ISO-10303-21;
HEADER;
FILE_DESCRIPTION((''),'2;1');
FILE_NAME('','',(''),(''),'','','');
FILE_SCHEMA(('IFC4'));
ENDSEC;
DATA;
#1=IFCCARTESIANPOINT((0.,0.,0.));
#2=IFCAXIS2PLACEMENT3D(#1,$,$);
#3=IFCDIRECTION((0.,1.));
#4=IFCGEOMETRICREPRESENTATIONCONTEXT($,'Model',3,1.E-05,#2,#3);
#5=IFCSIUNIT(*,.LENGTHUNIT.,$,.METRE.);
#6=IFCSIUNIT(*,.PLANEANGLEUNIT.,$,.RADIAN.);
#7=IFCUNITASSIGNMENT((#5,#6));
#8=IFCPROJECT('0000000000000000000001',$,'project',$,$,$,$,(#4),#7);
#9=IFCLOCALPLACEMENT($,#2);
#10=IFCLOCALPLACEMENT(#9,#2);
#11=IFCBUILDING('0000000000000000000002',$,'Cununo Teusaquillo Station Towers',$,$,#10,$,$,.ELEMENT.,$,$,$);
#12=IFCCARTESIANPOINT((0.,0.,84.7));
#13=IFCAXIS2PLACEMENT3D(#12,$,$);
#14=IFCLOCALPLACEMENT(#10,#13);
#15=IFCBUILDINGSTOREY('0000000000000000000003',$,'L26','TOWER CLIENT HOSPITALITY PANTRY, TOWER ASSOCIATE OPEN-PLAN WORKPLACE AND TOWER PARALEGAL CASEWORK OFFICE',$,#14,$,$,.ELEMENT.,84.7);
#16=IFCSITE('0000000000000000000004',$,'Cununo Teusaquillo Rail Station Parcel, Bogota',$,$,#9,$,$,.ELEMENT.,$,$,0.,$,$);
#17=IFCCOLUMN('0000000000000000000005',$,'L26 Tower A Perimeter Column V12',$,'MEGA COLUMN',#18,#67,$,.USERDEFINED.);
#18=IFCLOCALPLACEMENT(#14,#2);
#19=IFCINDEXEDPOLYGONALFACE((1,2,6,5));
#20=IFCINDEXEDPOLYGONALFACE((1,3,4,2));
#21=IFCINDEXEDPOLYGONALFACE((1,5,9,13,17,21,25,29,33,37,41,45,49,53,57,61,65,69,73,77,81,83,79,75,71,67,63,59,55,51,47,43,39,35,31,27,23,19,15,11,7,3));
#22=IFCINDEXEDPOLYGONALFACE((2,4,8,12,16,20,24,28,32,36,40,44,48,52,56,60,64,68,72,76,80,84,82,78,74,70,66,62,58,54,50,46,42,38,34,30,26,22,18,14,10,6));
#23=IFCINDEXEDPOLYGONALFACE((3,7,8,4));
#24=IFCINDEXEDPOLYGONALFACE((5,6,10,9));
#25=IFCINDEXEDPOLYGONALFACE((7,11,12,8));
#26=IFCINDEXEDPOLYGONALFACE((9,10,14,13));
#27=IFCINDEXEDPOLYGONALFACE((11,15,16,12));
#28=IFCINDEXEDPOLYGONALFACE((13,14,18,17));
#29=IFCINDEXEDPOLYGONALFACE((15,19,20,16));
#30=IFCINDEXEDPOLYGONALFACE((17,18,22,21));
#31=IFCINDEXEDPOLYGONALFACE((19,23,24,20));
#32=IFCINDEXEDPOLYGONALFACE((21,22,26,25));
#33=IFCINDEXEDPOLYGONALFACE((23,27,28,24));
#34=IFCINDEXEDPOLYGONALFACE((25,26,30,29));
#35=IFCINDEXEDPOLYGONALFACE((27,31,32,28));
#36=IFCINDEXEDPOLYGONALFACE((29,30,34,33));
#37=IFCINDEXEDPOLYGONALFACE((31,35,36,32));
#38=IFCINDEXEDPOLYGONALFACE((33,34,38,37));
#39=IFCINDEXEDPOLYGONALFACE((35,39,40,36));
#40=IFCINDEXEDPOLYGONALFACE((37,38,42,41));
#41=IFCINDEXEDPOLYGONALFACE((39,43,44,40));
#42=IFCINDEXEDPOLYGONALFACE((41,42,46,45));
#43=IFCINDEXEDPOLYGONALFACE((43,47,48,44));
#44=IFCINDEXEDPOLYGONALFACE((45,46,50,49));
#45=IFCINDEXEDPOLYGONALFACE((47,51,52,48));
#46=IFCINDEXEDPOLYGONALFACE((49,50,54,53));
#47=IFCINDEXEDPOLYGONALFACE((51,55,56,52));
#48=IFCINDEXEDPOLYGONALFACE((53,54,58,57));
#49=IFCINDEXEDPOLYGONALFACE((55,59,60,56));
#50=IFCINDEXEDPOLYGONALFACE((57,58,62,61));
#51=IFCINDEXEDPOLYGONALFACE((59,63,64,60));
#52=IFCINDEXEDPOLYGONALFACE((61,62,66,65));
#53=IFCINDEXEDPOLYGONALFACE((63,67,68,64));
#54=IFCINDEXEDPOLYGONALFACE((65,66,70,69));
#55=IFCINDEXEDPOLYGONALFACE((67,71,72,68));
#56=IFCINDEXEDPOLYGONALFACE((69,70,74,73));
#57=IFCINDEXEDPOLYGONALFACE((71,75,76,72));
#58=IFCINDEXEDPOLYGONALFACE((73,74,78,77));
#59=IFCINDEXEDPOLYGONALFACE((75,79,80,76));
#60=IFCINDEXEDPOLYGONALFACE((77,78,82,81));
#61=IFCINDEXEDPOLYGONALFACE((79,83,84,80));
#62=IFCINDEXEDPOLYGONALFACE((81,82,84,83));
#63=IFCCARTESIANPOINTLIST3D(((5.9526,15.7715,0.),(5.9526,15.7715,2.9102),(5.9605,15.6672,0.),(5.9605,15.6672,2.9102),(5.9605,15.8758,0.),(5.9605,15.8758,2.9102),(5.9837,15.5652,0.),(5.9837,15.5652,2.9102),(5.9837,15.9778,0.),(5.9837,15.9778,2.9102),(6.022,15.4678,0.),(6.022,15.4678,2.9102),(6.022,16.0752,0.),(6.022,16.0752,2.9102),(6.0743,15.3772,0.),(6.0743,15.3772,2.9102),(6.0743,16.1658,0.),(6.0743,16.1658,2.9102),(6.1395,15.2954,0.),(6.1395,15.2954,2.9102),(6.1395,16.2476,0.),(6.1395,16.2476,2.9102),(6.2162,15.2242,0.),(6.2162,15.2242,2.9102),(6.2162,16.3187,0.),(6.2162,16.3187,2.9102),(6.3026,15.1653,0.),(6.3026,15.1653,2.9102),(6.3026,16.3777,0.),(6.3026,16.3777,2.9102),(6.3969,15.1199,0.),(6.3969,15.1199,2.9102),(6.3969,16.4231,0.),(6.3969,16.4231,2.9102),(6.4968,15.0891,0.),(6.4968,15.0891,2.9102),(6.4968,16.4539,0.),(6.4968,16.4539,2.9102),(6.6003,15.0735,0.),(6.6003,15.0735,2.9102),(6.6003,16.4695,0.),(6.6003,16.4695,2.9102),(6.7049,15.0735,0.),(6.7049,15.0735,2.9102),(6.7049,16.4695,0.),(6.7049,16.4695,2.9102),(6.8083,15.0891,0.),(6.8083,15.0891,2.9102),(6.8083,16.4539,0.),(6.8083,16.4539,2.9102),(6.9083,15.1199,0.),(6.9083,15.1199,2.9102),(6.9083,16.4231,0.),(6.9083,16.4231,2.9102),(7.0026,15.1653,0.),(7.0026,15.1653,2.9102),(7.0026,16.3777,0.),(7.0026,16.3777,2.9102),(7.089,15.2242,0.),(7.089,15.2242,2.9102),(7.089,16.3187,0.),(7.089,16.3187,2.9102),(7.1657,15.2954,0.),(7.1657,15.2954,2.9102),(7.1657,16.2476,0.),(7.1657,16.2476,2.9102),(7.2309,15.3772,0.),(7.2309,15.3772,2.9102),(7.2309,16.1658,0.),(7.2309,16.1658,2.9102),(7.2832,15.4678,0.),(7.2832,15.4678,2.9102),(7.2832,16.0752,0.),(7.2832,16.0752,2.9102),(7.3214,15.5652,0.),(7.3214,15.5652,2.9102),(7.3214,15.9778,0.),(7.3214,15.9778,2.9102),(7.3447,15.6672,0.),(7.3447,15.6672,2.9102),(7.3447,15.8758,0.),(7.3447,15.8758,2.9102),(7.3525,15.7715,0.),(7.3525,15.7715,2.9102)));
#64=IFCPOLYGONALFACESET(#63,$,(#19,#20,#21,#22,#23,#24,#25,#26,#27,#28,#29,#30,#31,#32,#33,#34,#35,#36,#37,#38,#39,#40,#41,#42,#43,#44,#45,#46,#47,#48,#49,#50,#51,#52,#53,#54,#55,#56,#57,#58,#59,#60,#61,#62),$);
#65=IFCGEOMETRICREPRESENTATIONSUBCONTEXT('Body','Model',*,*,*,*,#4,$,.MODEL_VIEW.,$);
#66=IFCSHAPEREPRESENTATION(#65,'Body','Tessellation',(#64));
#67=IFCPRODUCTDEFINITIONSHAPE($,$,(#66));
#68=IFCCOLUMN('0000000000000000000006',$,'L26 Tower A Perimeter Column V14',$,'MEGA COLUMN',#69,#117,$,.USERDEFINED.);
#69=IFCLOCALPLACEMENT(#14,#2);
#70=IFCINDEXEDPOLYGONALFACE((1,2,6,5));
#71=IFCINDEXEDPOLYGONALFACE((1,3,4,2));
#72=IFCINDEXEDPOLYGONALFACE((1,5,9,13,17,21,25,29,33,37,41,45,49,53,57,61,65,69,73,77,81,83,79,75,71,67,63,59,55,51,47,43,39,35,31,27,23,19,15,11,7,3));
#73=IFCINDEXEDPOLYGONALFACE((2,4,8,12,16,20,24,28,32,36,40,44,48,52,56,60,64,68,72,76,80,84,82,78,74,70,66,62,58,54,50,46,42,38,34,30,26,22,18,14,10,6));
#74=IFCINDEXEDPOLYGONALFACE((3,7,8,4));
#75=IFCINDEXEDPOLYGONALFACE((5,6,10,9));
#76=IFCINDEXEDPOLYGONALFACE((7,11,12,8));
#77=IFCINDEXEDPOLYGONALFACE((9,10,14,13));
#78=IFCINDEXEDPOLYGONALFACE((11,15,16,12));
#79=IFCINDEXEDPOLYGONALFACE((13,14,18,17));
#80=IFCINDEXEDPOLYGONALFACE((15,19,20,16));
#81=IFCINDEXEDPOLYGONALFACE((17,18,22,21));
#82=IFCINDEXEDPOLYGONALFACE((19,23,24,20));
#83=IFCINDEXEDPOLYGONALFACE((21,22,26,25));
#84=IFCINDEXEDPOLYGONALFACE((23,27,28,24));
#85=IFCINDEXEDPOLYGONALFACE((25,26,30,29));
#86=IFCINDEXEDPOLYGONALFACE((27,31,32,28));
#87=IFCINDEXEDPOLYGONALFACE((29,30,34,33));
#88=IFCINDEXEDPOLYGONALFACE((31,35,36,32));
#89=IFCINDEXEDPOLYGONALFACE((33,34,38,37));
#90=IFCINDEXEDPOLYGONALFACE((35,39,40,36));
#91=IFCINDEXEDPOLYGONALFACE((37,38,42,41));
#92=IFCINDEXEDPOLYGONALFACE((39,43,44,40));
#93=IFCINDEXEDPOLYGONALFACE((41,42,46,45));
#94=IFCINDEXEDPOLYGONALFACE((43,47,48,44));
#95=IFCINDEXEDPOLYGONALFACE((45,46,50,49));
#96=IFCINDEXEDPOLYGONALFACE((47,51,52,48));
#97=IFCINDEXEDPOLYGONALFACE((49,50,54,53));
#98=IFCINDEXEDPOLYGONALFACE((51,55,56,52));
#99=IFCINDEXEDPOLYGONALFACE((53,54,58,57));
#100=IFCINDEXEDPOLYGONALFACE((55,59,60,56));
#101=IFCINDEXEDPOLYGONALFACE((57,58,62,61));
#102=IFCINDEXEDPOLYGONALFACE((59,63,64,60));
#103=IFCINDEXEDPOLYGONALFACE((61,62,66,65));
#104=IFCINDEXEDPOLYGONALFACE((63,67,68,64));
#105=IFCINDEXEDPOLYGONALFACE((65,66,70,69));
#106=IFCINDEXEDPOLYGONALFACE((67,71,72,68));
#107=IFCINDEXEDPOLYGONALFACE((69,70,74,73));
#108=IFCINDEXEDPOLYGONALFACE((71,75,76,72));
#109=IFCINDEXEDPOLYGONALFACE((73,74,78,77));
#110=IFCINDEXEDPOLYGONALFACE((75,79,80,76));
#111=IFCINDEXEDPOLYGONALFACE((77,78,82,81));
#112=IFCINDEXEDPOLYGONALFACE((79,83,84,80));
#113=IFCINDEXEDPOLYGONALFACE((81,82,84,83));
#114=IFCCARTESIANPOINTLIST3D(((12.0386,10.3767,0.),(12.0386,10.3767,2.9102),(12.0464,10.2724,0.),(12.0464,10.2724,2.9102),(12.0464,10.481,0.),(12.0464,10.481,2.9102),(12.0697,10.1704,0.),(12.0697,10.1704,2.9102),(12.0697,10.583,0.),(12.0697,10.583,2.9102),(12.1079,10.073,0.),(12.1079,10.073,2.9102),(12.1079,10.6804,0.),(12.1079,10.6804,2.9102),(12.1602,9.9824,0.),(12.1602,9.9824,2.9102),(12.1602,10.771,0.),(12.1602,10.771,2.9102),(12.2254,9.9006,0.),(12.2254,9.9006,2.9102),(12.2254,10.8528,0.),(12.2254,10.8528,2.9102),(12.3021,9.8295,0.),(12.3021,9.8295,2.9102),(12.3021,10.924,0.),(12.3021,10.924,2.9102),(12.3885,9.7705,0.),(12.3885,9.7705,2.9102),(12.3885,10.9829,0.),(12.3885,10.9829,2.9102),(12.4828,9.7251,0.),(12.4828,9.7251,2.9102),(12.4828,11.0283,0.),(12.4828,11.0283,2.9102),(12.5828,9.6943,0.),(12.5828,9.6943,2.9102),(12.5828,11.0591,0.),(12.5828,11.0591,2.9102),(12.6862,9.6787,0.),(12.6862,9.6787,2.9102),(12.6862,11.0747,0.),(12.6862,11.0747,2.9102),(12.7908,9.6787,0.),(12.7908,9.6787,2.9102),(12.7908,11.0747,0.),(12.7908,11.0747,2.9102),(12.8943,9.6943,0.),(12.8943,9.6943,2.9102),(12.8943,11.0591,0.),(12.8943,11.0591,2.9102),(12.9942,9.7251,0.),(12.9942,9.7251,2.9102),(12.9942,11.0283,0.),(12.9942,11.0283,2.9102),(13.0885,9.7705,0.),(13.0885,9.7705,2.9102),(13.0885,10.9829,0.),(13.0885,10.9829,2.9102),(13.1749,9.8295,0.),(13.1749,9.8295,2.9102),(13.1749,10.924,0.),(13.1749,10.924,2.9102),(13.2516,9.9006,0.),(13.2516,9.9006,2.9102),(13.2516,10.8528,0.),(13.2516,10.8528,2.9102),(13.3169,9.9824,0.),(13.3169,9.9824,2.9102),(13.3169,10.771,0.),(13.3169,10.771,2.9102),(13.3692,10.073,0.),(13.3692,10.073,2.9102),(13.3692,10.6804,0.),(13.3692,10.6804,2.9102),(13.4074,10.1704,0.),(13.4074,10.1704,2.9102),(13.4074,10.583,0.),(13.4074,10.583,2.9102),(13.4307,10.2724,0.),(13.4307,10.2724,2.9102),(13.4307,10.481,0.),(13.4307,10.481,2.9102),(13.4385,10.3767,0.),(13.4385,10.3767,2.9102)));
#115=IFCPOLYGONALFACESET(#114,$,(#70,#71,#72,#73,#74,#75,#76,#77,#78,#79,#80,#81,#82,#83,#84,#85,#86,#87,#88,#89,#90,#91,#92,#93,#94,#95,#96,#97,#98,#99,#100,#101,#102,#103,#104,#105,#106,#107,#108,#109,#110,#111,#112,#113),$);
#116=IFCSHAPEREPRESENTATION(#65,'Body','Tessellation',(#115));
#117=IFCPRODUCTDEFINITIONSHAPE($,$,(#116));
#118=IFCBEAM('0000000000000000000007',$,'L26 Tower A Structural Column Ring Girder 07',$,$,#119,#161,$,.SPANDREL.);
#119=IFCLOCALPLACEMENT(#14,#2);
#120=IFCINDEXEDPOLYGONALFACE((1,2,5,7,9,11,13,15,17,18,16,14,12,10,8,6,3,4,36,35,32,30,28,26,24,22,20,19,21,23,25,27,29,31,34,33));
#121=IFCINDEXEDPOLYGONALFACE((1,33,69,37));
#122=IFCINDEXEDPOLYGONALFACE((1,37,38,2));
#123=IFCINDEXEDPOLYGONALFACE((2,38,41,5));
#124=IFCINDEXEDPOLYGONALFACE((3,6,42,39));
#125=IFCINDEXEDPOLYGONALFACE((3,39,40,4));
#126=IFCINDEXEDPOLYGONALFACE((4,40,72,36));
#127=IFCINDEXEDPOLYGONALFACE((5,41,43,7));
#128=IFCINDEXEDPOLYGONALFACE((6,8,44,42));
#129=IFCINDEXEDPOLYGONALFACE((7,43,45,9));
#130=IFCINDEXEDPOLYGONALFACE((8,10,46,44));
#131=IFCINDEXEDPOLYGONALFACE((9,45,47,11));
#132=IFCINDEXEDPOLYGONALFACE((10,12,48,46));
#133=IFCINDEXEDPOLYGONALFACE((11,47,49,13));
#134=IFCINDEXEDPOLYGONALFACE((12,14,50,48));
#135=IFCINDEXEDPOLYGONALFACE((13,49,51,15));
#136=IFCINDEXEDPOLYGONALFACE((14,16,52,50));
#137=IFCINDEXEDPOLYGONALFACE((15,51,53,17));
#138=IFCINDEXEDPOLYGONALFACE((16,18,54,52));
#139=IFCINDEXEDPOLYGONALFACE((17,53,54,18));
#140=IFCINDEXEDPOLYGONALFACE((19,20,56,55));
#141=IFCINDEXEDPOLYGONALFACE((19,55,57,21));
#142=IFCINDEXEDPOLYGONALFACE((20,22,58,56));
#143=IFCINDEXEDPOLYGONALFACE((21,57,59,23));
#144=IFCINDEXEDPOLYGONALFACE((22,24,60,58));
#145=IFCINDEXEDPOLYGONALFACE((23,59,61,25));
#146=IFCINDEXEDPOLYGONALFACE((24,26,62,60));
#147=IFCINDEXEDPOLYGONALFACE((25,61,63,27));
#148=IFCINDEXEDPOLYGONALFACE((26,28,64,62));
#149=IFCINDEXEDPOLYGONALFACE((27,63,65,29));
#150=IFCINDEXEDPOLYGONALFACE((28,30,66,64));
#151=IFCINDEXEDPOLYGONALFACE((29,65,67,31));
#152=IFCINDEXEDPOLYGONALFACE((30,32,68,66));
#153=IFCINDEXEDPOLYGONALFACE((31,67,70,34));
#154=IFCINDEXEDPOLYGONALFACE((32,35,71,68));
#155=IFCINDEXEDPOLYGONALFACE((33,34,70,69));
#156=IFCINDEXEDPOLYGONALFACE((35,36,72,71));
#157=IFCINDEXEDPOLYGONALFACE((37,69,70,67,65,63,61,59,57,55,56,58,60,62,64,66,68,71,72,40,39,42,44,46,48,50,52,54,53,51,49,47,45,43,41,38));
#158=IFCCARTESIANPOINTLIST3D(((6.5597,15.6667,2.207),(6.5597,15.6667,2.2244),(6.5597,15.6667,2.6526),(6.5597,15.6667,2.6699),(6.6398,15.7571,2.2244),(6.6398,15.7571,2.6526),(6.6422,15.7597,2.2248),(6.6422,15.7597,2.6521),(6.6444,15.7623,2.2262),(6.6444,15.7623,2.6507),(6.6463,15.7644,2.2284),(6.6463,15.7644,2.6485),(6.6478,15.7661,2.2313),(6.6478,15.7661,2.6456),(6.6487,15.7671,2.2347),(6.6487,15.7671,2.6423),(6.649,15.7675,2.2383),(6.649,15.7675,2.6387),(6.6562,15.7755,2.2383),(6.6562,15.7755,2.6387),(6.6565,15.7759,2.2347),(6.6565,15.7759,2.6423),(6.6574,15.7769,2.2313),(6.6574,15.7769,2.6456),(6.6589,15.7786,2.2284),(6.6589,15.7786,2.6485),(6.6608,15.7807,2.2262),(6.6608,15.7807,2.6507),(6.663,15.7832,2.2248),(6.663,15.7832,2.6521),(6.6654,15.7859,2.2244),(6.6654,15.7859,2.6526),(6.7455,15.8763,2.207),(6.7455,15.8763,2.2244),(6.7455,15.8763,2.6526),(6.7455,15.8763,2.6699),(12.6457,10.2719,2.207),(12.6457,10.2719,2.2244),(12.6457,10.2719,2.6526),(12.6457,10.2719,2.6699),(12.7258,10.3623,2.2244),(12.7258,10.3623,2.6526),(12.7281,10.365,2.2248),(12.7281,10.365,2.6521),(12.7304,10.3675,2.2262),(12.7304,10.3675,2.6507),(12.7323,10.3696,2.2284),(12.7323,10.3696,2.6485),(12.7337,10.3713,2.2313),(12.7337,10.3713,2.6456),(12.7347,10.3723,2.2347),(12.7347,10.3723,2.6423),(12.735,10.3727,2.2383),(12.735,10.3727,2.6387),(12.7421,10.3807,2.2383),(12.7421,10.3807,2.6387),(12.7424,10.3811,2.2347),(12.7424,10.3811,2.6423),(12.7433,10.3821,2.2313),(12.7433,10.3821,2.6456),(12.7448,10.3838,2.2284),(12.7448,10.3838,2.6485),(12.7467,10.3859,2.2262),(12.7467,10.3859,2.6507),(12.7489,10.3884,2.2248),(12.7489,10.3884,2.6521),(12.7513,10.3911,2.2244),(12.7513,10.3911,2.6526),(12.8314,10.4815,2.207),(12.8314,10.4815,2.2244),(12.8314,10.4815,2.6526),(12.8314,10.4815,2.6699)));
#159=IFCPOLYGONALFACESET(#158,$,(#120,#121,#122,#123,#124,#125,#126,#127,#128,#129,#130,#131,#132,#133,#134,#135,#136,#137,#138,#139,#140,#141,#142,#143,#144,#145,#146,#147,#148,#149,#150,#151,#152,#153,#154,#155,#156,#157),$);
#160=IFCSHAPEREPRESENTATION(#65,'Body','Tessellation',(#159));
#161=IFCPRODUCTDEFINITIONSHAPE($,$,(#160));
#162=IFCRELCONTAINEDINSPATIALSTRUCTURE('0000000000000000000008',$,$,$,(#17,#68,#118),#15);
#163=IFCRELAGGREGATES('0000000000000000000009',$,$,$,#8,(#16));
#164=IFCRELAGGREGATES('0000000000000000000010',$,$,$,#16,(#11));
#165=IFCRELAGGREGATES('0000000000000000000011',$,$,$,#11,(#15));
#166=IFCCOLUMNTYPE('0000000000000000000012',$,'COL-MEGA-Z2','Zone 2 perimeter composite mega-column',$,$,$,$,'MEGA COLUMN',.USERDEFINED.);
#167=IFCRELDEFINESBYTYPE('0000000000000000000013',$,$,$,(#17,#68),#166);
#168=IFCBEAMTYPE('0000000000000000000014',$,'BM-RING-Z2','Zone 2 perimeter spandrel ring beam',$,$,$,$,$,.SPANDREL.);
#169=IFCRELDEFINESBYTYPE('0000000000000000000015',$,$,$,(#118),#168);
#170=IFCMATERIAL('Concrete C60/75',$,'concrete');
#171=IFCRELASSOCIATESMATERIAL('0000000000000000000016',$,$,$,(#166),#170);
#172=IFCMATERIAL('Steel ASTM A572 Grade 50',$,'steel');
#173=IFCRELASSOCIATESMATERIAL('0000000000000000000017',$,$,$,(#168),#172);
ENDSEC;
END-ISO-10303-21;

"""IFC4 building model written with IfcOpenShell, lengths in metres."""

from ifc_helpers import new_model, si_unit, direction, frame, origin, origin_2d, place, context, subcontext, project, spatial, circle, i_section, extrude, material, material_profile, profile_set, type_object, element, save


model = new_model("IFC4")

# Units and contexts
model_context = context("Model", 3, precision=1e-05, world=origin(), true_north=direction((0.0, 1.0)))
body_context = subcontext(model_context, "Body", "Model", "MODEL_VIEW")
ifc_project = project(units=[si_unit("LENGTHUNIT", "METRE"), si_unit("PLANEANGLEUNIT", "RADIAN")], contexts=[model_context])

# Site, building, storey
site_placement = place(None, origin())
site = spatial("IfcSite", under=ifc_project, at=site_placement, Name="Cununo Teusaquillo Rail Station Parcel, Bogota", CompositionType="ELEMENT", RefElevation=0.0)
building_placement = place(site_placement, origin())
building = spatial("IfcBuilding", under=site, at=building_placement, Name="Cununo Teusaquillo Station Towers", CompositionType="ELEMENT")
storey_placement = place(building_placement, frame((0.0, 0.0, 84.7)))
storey = spatial("IfcBuildingStorey", under=building, at=storey_placement, Name="L26", Description="TOWER CLIENT HOSPITALITY PANTRY, TOWER ASSOCIATE OPEN-PLAN WORKPLACE AND TOWER PARALEGAL CASEWORK OFFICE", CompositionType="ELEMENT", Elevation=84.7)

# Columns
ifc_material_1 = material(Name="Concrete C60/75", Category="concrete")
ifc_material_profile_1 = material_profile(ifc_material_1, circle(Radius=0.7, at=origin_2d()), Name="RC-CIRC-1400")
ifc_profile_set_1 = profile_set([ifc_material_profile_1], Name="Concrete C60/75")
column_type = type_object("IfcColumnType", Name="COL-MEGA-Z2", Description="Zone 2 perimeter composite mega-column", ElementType="MEGA COLUMN", PredefinedType="USERDEFINED", material=ifc_profile_set_1)
for number, where, z_axis, x_axis, name in (
    (1, (6.6526, 15.7715, 0.0), (0.0, 0.0, 1.0), (1.0, 0.0, 0.0), "L26 Tower A Perimeter Column V12"),
    (2, (12.7385, 10.3767, 0.0), (0.0, 0.0, 1.0), (1.0, 0.0, 0.0), "L26 Tower A Perimeter Column V14"),
):
    element("IfcColumn", number, at=place(storey_placement, frame(where, z_axis=z_axis, x_axis=x_axis)), inside=storey, type_object=column_type, Name=name, ObjectType="MEGA COLUMN", PredefinedType="USERDEFINED", context=body_context, shape_type="SweptSolid", body=[
        extrude(circle(Radius=0.7, at=origin_2d()), origin(), (0.0, 0.0, 1.0), 2.9102),
    ])

# Beam
ifc_material_2 = material(Name="Steel ASTM A572 Grade 50", Category="steel")
ifc_material_profile_2 = material_profile(ifc_material_2, i_section(OverallWidth=0.28, OverallDepth=0.4629, WebThickness=0.0107, FlangeThickness=0.0173, FilletRadius=0.0139, at=origin_2d()), Name="W18X76")
ifc_profile_set_2 = profile_set([ifc_material_profile_2], Name="Steel ASTM A572 Grade 50")
beam_type = type_object("IfcBeamType", Name="BM-RING-Z2", Description="Zone 2 perimeter spandrel ring beam", PredefinedType="SPANDREL", material=ifc_profile_set_2)
beam_1_placement = place(storey_placement, frame((6.6526, 15.7715, 2.4385), z_axis=(0.748321, -0.663337, 0.0), x_axis=(0.663337, 0.748321, 0.0)))
element("IfcBeam", 3, at=beam_1_placement, inside=storey, type_object=beam_type, Name="L26 Tower A Structural Column Ring Girder 07", PredefinedType="SPANDREL", context=body_context, shape_type="SweptSolid", body=[
    extrude(i_section(OverallWidth=0.28, OverallDepth=0.4629, WebThickness=0.0107, FlangeThickness=0.0173, FilletRadius=0.0139, at=origin_2d()), origin(), (0.0, 0.0, 1.0), 8.1328),
])

save(model, "model.ifc")
